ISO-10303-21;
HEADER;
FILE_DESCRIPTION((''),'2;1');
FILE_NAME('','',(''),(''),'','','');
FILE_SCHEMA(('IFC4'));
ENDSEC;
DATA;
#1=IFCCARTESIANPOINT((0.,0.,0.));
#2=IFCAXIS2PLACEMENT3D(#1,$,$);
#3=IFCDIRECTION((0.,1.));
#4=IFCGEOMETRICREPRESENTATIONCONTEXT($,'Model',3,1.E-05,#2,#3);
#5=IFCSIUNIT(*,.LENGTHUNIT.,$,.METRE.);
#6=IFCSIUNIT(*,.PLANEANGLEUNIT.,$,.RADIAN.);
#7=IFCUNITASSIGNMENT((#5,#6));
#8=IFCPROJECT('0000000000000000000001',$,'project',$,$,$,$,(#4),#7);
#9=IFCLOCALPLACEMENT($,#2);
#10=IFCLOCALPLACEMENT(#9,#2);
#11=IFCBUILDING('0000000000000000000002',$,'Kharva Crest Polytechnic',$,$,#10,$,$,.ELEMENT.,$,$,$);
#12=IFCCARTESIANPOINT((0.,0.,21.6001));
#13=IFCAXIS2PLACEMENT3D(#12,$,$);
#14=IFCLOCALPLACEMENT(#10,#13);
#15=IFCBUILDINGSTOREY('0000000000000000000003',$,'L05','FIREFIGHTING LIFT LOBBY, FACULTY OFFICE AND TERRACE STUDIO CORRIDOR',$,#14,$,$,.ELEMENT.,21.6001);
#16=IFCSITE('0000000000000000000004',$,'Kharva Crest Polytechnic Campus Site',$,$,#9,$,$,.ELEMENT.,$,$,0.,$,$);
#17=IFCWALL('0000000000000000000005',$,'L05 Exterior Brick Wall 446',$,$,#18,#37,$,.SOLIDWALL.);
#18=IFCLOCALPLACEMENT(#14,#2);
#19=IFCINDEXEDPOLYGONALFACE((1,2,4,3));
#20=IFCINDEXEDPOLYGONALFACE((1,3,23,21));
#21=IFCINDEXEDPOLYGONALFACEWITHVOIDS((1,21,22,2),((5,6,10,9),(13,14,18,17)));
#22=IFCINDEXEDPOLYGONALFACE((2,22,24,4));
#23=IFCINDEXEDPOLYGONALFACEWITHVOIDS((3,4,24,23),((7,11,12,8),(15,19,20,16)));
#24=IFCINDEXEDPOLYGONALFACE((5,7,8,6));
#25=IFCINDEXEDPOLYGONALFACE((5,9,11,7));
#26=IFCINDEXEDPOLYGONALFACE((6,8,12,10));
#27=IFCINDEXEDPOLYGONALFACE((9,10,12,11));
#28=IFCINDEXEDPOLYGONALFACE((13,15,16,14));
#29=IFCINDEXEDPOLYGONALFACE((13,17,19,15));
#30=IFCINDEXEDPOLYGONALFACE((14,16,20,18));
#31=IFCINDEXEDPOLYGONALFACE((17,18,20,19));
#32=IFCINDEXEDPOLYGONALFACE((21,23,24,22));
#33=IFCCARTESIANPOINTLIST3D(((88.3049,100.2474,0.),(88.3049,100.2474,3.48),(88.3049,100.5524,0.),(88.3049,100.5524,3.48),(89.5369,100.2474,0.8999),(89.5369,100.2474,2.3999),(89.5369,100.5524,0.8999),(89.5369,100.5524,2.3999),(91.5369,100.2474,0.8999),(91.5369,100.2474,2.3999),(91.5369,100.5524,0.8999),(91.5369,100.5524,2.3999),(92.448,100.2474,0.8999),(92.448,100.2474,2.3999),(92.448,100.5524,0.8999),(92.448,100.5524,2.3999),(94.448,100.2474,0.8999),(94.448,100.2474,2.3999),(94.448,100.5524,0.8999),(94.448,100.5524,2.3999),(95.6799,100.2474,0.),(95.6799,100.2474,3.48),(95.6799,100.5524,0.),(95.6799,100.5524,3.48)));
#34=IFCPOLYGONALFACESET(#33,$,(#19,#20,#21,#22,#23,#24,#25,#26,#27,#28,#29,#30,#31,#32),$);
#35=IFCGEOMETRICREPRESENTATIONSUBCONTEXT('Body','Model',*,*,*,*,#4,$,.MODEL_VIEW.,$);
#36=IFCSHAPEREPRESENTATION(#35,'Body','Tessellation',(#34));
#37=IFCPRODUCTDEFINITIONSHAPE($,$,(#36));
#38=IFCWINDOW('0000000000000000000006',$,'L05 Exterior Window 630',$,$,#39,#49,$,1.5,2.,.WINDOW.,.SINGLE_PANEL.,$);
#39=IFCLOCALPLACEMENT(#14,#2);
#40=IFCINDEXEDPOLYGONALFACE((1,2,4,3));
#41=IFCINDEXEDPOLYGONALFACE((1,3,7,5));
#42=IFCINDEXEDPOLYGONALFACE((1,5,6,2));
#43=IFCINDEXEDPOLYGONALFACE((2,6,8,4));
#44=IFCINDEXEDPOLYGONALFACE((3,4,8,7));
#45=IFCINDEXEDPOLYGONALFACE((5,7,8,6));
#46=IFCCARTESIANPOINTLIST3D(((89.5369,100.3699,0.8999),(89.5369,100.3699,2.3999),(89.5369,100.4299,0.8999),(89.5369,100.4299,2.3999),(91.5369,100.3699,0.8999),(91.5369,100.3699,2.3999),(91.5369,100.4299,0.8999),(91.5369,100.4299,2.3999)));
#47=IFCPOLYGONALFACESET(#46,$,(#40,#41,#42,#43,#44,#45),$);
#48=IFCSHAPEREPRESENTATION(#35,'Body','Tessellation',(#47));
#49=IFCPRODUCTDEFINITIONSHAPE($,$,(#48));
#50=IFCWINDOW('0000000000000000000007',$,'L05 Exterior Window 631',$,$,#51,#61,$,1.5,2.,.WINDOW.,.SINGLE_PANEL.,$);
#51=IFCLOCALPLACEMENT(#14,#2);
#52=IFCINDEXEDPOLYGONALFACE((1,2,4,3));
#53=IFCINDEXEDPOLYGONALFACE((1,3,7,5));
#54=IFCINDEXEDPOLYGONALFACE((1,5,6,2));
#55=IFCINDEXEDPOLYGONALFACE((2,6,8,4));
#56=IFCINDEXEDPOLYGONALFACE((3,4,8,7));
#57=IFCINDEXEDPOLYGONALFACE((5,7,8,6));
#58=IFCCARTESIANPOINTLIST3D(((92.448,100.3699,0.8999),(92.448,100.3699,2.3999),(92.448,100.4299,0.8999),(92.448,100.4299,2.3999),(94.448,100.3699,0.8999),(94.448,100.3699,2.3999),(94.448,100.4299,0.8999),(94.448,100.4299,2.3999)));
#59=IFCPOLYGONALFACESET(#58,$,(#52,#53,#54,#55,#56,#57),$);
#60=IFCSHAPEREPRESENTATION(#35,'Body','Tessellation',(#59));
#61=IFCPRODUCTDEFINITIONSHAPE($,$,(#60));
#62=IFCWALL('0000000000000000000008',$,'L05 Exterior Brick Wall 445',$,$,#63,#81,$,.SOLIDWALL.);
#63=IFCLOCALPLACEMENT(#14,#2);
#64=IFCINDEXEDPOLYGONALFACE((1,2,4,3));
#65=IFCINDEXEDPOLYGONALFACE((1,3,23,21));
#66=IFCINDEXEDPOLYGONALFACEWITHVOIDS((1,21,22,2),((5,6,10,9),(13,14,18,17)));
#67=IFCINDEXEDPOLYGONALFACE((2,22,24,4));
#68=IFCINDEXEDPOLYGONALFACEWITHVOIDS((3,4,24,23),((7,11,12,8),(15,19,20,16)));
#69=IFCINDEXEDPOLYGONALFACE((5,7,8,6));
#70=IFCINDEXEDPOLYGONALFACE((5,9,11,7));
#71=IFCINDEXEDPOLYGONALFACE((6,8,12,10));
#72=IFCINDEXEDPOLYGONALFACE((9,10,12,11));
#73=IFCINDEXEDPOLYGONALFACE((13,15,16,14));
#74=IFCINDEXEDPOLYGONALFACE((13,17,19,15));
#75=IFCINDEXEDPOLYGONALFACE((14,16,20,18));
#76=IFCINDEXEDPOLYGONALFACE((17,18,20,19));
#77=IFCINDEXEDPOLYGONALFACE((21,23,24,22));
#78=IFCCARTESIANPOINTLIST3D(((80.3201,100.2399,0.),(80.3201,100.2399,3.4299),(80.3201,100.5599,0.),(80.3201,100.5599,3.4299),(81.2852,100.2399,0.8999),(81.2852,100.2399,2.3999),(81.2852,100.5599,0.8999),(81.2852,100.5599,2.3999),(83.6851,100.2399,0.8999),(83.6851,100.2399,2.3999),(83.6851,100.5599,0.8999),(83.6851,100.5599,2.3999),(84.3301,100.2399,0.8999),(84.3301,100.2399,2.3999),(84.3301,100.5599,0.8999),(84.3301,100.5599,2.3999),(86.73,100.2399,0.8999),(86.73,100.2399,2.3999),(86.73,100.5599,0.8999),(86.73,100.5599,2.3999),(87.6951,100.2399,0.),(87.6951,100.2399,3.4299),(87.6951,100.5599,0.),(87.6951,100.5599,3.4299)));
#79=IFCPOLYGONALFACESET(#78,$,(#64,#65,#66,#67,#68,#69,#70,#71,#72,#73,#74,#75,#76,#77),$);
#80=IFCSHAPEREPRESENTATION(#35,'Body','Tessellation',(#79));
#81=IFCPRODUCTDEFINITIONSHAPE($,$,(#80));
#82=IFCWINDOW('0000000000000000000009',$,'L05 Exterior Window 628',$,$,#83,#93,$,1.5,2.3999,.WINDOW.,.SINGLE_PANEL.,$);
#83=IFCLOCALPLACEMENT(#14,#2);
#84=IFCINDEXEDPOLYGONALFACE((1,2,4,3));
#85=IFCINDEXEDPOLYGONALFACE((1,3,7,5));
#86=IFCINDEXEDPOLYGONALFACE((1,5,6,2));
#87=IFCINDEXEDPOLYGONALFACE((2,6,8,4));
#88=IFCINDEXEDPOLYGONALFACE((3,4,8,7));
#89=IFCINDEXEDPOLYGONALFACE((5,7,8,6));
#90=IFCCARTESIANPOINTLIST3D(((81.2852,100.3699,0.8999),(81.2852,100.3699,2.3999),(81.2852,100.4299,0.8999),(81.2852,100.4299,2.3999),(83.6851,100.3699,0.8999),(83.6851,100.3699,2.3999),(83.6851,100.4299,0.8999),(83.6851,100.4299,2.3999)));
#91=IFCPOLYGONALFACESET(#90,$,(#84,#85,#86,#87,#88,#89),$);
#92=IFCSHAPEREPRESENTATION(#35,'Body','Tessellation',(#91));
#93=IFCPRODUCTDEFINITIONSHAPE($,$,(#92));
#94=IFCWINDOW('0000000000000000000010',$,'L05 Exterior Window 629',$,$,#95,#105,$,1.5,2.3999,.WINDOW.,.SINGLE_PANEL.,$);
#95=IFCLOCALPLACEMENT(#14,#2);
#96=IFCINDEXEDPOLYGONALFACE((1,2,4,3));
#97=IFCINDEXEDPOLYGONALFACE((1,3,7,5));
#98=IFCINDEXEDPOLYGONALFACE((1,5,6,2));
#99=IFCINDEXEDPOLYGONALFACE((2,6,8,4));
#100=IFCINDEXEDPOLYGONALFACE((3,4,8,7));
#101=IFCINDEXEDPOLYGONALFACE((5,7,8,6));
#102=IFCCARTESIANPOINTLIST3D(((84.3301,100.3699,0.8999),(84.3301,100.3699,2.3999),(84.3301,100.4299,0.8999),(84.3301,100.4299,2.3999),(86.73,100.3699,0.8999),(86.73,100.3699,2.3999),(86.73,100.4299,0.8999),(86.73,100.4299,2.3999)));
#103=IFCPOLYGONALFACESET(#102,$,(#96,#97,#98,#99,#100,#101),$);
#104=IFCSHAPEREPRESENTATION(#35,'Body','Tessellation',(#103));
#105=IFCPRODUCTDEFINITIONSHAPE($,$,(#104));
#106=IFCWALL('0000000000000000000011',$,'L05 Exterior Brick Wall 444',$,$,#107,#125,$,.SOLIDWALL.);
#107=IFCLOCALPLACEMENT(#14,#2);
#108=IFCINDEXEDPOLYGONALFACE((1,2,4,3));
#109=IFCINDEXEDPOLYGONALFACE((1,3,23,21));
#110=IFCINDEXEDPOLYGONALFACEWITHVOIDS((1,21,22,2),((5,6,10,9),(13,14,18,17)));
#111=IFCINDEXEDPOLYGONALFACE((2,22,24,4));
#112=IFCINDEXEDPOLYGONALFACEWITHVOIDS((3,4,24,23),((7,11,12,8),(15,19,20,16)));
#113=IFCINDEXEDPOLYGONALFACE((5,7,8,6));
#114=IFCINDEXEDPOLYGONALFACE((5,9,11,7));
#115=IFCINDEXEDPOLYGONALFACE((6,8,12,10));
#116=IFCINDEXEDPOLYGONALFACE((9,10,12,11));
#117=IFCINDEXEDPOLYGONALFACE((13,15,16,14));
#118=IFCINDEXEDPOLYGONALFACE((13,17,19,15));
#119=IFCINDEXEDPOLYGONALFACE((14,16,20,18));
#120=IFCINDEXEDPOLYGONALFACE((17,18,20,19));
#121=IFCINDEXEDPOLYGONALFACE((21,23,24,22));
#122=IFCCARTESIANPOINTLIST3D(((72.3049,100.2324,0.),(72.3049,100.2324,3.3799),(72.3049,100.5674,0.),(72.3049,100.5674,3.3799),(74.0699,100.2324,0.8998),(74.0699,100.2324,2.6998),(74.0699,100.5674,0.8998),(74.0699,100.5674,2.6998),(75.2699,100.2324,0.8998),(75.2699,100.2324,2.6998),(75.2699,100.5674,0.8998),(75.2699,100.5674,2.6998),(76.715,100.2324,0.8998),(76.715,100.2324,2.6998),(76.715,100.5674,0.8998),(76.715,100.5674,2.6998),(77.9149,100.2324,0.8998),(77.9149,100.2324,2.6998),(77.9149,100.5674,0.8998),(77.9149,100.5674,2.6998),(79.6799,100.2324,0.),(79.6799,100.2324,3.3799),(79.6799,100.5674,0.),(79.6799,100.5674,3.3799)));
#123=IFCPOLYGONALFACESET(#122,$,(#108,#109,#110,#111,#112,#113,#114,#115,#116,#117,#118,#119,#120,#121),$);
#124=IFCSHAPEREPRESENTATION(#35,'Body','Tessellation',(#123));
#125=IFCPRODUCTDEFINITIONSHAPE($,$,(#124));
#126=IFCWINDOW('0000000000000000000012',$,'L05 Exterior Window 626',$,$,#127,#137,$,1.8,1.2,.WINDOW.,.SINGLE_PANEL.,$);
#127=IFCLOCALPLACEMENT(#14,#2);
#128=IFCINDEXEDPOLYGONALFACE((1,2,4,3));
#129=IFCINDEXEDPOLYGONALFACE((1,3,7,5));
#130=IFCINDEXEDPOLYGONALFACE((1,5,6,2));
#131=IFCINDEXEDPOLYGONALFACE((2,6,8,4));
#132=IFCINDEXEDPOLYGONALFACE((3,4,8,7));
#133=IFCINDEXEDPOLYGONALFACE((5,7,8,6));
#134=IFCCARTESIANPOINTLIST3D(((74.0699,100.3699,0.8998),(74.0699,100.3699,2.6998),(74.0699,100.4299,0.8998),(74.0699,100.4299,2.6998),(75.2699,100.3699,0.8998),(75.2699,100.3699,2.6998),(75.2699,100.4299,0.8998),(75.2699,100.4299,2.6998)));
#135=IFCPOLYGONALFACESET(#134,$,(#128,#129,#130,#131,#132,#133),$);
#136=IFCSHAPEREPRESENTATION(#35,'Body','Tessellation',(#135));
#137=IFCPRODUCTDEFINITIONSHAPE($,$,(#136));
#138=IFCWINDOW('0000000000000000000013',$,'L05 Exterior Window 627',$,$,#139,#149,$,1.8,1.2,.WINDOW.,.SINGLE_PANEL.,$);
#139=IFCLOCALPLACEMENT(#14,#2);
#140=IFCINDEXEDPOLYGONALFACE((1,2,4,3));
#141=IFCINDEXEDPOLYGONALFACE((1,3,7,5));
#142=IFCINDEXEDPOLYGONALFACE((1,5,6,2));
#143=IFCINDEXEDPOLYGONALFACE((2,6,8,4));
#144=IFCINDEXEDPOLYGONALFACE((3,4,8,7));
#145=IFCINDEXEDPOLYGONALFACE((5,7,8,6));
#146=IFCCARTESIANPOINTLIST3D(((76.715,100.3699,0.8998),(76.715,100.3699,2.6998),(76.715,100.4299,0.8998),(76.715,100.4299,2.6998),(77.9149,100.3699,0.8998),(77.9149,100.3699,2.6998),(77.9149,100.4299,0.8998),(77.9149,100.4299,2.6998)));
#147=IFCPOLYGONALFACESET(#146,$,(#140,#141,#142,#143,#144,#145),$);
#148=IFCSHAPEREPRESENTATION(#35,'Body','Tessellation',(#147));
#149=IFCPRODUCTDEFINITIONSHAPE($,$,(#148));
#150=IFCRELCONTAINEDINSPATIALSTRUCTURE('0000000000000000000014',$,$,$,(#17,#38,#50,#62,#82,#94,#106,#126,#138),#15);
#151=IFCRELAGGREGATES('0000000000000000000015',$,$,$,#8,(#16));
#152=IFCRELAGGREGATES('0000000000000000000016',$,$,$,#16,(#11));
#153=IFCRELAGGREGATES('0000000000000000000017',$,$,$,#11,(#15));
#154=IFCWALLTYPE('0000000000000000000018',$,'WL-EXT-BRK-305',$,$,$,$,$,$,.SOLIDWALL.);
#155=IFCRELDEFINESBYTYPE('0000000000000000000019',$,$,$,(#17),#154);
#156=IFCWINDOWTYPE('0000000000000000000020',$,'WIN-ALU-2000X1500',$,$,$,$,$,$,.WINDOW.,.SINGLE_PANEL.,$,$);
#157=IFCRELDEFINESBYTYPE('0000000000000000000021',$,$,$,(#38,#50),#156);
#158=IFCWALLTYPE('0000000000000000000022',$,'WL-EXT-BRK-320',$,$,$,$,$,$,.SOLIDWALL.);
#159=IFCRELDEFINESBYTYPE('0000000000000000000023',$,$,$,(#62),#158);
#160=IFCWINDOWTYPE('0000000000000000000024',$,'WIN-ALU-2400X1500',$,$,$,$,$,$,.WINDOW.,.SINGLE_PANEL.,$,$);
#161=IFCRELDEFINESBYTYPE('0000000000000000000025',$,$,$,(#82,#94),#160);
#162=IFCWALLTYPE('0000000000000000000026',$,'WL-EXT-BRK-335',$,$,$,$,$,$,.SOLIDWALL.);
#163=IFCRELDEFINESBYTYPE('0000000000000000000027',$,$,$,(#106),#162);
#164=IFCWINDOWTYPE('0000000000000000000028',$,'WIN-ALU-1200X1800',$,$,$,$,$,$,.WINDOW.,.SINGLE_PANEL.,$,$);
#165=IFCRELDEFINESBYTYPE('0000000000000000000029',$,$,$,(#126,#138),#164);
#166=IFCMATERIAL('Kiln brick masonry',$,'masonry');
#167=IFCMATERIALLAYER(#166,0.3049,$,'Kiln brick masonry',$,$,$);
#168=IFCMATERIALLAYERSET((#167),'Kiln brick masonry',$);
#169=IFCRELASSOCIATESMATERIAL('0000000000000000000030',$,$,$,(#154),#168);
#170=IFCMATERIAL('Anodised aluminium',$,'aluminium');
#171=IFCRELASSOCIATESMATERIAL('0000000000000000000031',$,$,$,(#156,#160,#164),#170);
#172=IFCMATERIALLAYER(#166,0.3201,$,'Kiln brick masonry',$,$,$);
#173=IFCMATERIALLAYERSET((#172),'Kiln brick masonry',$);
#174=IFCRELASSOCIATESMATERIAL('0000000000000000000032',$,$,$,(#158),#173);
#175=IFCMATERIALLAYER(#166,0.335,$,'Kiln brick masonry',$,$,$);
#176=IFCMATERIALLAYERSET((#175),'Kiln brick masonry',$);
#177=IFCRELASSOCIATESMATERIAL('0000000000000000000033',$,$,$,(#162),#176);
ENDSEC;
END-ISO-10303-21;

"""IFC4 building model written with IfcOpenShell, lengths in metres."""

from ifc_helpers import new_model, si_unit, direction, frame, frame_2d, origin, place, context, subcontext, project, spatial, rectangle, extrude, material, layer, layer_set, type_object, element, fill, save


model = new_model("IFC4")

# Units and contexts
model_context = context("Model", 3, precision=1e-05, world=origin(), true_north=direction((0.0, 1.0)))
body_context = subcontext(model_context, "Body", "Model", "MODEL_VIEW")
ifc_project = project(units=[si_unit("LENGTHUNIT", "METRE"), si_unit("PLANEANGLEUNIT", "RADIAN")], contexts=[model_context])

# Site, building, storey
site_placement = place(None, origin())
site = spatial("IfcSite", under=ifc_project, at=site_placement, Name="Kharva Crest Polytechnic Campus Site", CompositionType="ELEMENT", RefElevation=0.0)
building_placement = place(site_placement, origin())
building = spatial("IfcBuilding", under=site, at=building_placement, Name="Kharva Crest Polytechnic", CompositionType="ELEMENT")
storey_placement = place(building_placement, frame((0.0, 0.0, 21.6001)))
storey = spatial("IfcBuildingStorey", under=building, at=storey_placement, Name="L05", Description="FIREFIGHTING LIFT LOBBY, FACULTY OFFICE AND TERRACE STUDIO CORRIDOR", CompositionType="ELEMENT", Elevation=21.6001)

# Walls, openings, windows
ifc_material_1 = material(Name="Kiln brick masonry", Category="masonry")
ifc_material_2 = material(Name="Anodised aluminium", Category="aluminium")
ifc_layer_1 = layer(ifc_material_1, 0.3049, Name="Kiln brick masonry")
ifc_layer_set_1 = layer_set([ifc_layer_1], Name="Kiln brick masonry")
wall_type_1 = type_object("IfcWallType", Name="WL-EXT-BRK-305", PredefinedType="SOLIDWALL", material=ifc_layer_set_1)
wall_1_placement = place(storey_placement, frame((88.3049, 100.3999, 0.0), z_axis=(0.0, 0.0, 1.0), x_axis=(1.0, 0.0, 0.0)))
wall_1 = element("IfcWall", 1, at=wall_1_placement, inside=storey, type_object=wall_type_1, Name="L05 Exterior Brick Wall 446", PredefinedType="SOLIDWALL", context=body_context, shape_type="SweptSolid", body=[
    extrude(rectangle(XDim=7.375, YDim=0.3049, at=frame_2d((3.6875, 0.0))), origin(), (0.0, 0.0, 1.0), 3.48),
])
opening_1_placement = place(wall_1_placement, frame((1.2319, 0.0, 0.8999)))
opening_1 = element("IfcOpeningElement", 2, at=opening_1_placement, cuts=wall_1, PredefinedType="OPENING", context=body_context, shape_type="SweptSolid", body=[
    extrude(rectangle(XDim=2.0, YDim=1.5, at=frame_2d((1.0, 0.75))), frame((0.0, 0.1624, 0.0), z_axis=(0.0, -1.0, 0.0), x_axis=(1.0, 0.0, 0.0)), (0.0, 0.0, 1.0), 0.325),
])
opening_2_placement = place(wall_1_placement, frame((4.1431, 0.0, 0.8999)))
opening_2 = element("IfcOpeningElement", 3, at=opening_2_placement, cuts=wall_1, PredefinedType="OPENING", context=body_context, shape_type="SweptSolid", body=[
    extrude(rectangle(XDim=2.0, YDim=1.5, at=frame_2d((1.0, 0.75))), frame((0.0, 0.1624, 0.0), z_axis=(0.0, -1.0, 0.0), x_axis=(1.0, 0.0, 0.0)), (0.0, 0.0, 1.0), 0.325),
])
window_type_1 = type_object("IfcWindowType", Name="WIN-ALU-2000X1500", PartitioningType="SINGLE_PANEL", PredefinedType="WINDOW", material=ifc_material_2)
window_1_placement = place(opening_1_placement, origin())
window_1 = element("IfcWindow", 4, at=window_1_placement, inside=storey, type_object=window_type_1, Name="L05 Exterior Window 630", OverallHeight=1.5, OverallWidth=2.0, PartitioningType="SINGLE_PANEL", PredefinedType="WINDOW", context=body_context, shape_type="SweptSolid", body=[
    extrude(rectangle(XDim=2.0, YDim=1.5, at=frame_2d((1.0, 0.75))), frame((0.0, 0.03, 0.0), z_axis=(0.0, -1.0, 0.0), x_axis=(1.0, 0.0, 0.0)), (0.0, 0.0, 1.0), 0.0601),
])
fill(opening_1, window_1)
window_2_placement = place(opening_2_placement, origin())
window_2 = element("IfcWindow", 5, at=window_2_placement, inside=storey, type_object=window_type_1, Name="L05 Exterior Window 631", OverallHeight=1.5, OverallWidth=2.0, PartitioningType="SINGLE_PANEL", PredefinedType="WINDOW", context=body_context, shape_type="SweptSolid", body=[
    extrude(rectangle(XDim=2.0, YDim=1.5, at=frame_2d((1.0, 0.75))), frame((0.0, 0.03, 0.0), z_axis=(0.0, -1.0, 0.0), x_axis=(1.0, 0.0, 0.0)), (0.0, 0.0, 1.0), 0.0601),
])
fill(opening_2, window_2)
ifc_layer_2 = layer(ifc_material_1, 0.3201, Name="Kiln brick masonry")
ifc_layer_set_2 = layer_set([ifc_layer_2], Name="Kiln brick masonry")
wall_type_2 = type_object("IfcWallType", Name="WL-EXT-BRK-320", PredefinedType="SOLIDWALL", material=ifc_layer_set_2)
wall_2_placement = place(storey_placement, frame((80.3201, 100.3999, 0.0), z_axis=(0.0, 0.0, 1.0), x_axis=(1.0, 0.0, 0.0)))
wall_2 = element("IfcWall", 6, at=wall_2_placement, inside=storey, type_object=wall_type_2, Name="L05 Exterior Brick Wall 445", PredefinedType="SOLIDWALL", context=body_context, shape_type="SweptSolid", body=[
    extrude(rectangle(XDim=7.375, YDim=0.3201, at=frame_2d((3.6875, 0.0))), origin(), (0.0, 0.0, 1.0), 3.4299),
])
opening_3_placement = place(wall_2_placement, frame((0.9651, 0.0, 0.8999)))
opening_3 = element("IfcOpeningElement", 7, at=opening_3_placement, cuts=wall_2, PredefinedType="OPENING", context=body_context, shape_type="SweptSolid", body=[
    extrude(rectangle(XDim=2.3999, YDim=1.5, at=frame_2d((1.2, 0.75))), frame((0.0, 0.1699, 0.0), z_axis=(0.0, -1.0, 0.0), x_axis=(1.0, 0.0, 0.0)), (0.0, 0.0, 1.0), 0.3401),
])
opening_4_placement = place(wall_2_placement, frame((4.01, 0.0, 0.8999)))
opening_4 = element("IfcOpeningElement", 8, at=opening_4_placement, cuts=wall_2, PredefinedType="OPENING", context=body_context, shape_type="SweptSolid", body=[
    extrude(rectangle(XDim=2.3999, YDim=1.5, at=frame_2d((1.2, 0.75))), frame((0.0, 0.1699, 0.0), z_axis=(0.0, -1.0, 0.0), x_axis=(1.0, 0.0, 0.0)), (0.0, 0.0, 1.0), 0.3401),
])
window_type_2 = type_object("IfcWindowType", Name="WIN-ALU-2400X1500", PartitioningType="SINGLE_PANEL", PredefinedType="WINDOW", material=ifc_material_2)
window_3_placement = place(opening_3_placement, origin())
window_3 = element("IfcWindow", 9, at=window_3_placement, inside=storey, type_object=window_type_2, Name="L05 Exterior Window 628", OverallHeight=1.5, OverallWidth=2.3999, PartitioningType="SINGLE_PANEL", PredefinedType="WINDOW", context=body_context, shape_type="SweptSolid", body=[
    extrude(rectangle(XDim=2.3999, YDim=1.5, at=frame_2d((1.2, 0.75))), frame((0.0, 0.03, 0.0), z_axis=(0.0, -1.0, 0.0), x_axis=(1.0, 0.0, 0.0)), (0.0, 0.0, 1.0), 0.0601),
])
fill(opening_3, window_3)
window_4_placement = place(opening_4_placement, origin())
window_4 = element("IfcWindow", 10, at=window_4_placement, inside=storey, type_object=window_type_2, Name="L05 Exterior Window 629", OverallHeight=1.5, OverallWidth=2.3999, PartitioningType="SINGLE_PANEL", PredefinedType="WINDOW", context=body_context, shape_type="SweptSolid", body=[
    extrude(rectangle(XDim=2.3999, YDim=1.5, at=frame_2d((1.2, 0.75))), frame((0.0, 0.03, 0.0), z_axis=(0.0, -1.0, 0.0), x_axis=(1.0, 0.0, 0.0)), (0.0, 0.0, 1.0), 0.0601),
])
fill(opening_4, window_4)
ifc_layer_3 = layer(ifc_material_1, 0.335, Name="Kiln brick masonry")
ifc_layer_set_3 = layer_set([ifc_layer_3], Name="Kiln brick masonry")
wall_type_3 = type_object("IfcWallType", Name="WL-EXT-BRK-335", PredefinedType="SOLIDWALL", material=ifc_layer_set_3)
wall_3_placement = place(storey_placement, frame((72.3049, 100.3999, 0.0), z_axis=(0.0, 0.0, 1.0), x_axis=(1.0, 0.0, 0.0)))
wall_3 = element("IfcWall", 11, at=wall_3_placement, inside=storey, type_object=wall_type_3, Name="L05 Exterior Brick Wall 444", PredefinedType="SOLIDWALL", context=body_context, shape_type="SweptSolid", body=[
    extrude(rectangle(XDim=7.375, YDim=0.335, at=frame_2d((3.6875, 0.0))), origin(), (0.0, 0.0, 1.0), 3.3799),
])
opening_5_placement = place(wall_3_placement, frame((1.7649, 0.0, 0.8999)))
opening_5 = element("IfcOpeningElement", 12, at=opening_5_placement, cuts=wall_3, PredefinedType="OPENING", context=body_context, shape_type="SweptSolid", body=[
    extrude(rectangle(XDim=1.2, YDim=1.8, at=frame_2d((0.6001, 0.8999))), frame((0.0, 0.1775, 0.0), z_axis=(0.0, -1.0, 0.0), x_axis=(1.0, 0.0, 0.0)), (0.0, 0.0, 1.0), 0.355),
])
opening_6_placement = place(wall_3_placement, frame((4.4099, 0.0, 0.8999)))
opening_6 = element("IfcOpeningElement", 13, at=opening_6_placement, cuts=wall_3, PredefinedType="OPENING", context=body_context, shape_type="SweptSolid", body=[
    extrude(rectangle(XDim=1.2, YDim=1.8, at=frame_2d((0.6001, 0.8999))), frame((0.0, 0.1775, 0.0), z_axis=(0.0, -1.0, 0.0), x_axis=(1.0, 0.0, 0.0)), (0.0, 0.0, 1.0), 0.355),
])
window_type_3 = type_object("IfcWindowType", Name="WIN-ALU-1200X1800", PartitioningType="SINGLE_PANEL", PredefinedType="WINDOW", material=ifc_material_2)
window_5_placement = place(opening_5_placement, origin())
window_5 = element("IfcWindow", 14, at=window_5_placement, inside=storey, type_object=window_type_3, Name="L05 Exterior Window 626", OverallHeight=1.8, OverallWidth=1.2, PartitioningType="SINGLE_PANEL", PredefinedType="WINDOW", context=body_context, shape_type="SweptSolid", body=[
    extrude(rectangle(XDim=1.2, YDim=1.8, at=frame_2d((0.6001, 0.8999))), frame((0.0, 0.03, 0.0), z_axis=(0.0, -1.0, 0.0), x_axis=(1.0, 0.0, 0.0)), (0.0, 0.0, 1.0), 0.0601),
])
fill(opening_5, window_5)
window_6_placement = place(opening_6_placement, origin())
window_6 = element("IfcWindow", 15, at=window_6_placement, inside=storey, type_object=window_type_3, Name="L05 Exterior Window 627", OverallHeight=1.8, OverallWidth=1.2, PartitioningType="SINGLE_PANEL", PredefinedType="WINDOW", context=body_context, shape_type="SweptSolid", body=[
    extrude(rectangle(XDim=1.2, YDim=1.8, at=frame_2d((0.6001, 0.8999))), frame((0.0, 0.03, 0.0), z_axis=(0.0, -1.0, 0.0), x_axis=(1.0, 0.0, 0.0)), (0.0, 0.0, 1.0), 0.0601),
])
fill(opening_6, window_6)

save(model, "model.ifc")
